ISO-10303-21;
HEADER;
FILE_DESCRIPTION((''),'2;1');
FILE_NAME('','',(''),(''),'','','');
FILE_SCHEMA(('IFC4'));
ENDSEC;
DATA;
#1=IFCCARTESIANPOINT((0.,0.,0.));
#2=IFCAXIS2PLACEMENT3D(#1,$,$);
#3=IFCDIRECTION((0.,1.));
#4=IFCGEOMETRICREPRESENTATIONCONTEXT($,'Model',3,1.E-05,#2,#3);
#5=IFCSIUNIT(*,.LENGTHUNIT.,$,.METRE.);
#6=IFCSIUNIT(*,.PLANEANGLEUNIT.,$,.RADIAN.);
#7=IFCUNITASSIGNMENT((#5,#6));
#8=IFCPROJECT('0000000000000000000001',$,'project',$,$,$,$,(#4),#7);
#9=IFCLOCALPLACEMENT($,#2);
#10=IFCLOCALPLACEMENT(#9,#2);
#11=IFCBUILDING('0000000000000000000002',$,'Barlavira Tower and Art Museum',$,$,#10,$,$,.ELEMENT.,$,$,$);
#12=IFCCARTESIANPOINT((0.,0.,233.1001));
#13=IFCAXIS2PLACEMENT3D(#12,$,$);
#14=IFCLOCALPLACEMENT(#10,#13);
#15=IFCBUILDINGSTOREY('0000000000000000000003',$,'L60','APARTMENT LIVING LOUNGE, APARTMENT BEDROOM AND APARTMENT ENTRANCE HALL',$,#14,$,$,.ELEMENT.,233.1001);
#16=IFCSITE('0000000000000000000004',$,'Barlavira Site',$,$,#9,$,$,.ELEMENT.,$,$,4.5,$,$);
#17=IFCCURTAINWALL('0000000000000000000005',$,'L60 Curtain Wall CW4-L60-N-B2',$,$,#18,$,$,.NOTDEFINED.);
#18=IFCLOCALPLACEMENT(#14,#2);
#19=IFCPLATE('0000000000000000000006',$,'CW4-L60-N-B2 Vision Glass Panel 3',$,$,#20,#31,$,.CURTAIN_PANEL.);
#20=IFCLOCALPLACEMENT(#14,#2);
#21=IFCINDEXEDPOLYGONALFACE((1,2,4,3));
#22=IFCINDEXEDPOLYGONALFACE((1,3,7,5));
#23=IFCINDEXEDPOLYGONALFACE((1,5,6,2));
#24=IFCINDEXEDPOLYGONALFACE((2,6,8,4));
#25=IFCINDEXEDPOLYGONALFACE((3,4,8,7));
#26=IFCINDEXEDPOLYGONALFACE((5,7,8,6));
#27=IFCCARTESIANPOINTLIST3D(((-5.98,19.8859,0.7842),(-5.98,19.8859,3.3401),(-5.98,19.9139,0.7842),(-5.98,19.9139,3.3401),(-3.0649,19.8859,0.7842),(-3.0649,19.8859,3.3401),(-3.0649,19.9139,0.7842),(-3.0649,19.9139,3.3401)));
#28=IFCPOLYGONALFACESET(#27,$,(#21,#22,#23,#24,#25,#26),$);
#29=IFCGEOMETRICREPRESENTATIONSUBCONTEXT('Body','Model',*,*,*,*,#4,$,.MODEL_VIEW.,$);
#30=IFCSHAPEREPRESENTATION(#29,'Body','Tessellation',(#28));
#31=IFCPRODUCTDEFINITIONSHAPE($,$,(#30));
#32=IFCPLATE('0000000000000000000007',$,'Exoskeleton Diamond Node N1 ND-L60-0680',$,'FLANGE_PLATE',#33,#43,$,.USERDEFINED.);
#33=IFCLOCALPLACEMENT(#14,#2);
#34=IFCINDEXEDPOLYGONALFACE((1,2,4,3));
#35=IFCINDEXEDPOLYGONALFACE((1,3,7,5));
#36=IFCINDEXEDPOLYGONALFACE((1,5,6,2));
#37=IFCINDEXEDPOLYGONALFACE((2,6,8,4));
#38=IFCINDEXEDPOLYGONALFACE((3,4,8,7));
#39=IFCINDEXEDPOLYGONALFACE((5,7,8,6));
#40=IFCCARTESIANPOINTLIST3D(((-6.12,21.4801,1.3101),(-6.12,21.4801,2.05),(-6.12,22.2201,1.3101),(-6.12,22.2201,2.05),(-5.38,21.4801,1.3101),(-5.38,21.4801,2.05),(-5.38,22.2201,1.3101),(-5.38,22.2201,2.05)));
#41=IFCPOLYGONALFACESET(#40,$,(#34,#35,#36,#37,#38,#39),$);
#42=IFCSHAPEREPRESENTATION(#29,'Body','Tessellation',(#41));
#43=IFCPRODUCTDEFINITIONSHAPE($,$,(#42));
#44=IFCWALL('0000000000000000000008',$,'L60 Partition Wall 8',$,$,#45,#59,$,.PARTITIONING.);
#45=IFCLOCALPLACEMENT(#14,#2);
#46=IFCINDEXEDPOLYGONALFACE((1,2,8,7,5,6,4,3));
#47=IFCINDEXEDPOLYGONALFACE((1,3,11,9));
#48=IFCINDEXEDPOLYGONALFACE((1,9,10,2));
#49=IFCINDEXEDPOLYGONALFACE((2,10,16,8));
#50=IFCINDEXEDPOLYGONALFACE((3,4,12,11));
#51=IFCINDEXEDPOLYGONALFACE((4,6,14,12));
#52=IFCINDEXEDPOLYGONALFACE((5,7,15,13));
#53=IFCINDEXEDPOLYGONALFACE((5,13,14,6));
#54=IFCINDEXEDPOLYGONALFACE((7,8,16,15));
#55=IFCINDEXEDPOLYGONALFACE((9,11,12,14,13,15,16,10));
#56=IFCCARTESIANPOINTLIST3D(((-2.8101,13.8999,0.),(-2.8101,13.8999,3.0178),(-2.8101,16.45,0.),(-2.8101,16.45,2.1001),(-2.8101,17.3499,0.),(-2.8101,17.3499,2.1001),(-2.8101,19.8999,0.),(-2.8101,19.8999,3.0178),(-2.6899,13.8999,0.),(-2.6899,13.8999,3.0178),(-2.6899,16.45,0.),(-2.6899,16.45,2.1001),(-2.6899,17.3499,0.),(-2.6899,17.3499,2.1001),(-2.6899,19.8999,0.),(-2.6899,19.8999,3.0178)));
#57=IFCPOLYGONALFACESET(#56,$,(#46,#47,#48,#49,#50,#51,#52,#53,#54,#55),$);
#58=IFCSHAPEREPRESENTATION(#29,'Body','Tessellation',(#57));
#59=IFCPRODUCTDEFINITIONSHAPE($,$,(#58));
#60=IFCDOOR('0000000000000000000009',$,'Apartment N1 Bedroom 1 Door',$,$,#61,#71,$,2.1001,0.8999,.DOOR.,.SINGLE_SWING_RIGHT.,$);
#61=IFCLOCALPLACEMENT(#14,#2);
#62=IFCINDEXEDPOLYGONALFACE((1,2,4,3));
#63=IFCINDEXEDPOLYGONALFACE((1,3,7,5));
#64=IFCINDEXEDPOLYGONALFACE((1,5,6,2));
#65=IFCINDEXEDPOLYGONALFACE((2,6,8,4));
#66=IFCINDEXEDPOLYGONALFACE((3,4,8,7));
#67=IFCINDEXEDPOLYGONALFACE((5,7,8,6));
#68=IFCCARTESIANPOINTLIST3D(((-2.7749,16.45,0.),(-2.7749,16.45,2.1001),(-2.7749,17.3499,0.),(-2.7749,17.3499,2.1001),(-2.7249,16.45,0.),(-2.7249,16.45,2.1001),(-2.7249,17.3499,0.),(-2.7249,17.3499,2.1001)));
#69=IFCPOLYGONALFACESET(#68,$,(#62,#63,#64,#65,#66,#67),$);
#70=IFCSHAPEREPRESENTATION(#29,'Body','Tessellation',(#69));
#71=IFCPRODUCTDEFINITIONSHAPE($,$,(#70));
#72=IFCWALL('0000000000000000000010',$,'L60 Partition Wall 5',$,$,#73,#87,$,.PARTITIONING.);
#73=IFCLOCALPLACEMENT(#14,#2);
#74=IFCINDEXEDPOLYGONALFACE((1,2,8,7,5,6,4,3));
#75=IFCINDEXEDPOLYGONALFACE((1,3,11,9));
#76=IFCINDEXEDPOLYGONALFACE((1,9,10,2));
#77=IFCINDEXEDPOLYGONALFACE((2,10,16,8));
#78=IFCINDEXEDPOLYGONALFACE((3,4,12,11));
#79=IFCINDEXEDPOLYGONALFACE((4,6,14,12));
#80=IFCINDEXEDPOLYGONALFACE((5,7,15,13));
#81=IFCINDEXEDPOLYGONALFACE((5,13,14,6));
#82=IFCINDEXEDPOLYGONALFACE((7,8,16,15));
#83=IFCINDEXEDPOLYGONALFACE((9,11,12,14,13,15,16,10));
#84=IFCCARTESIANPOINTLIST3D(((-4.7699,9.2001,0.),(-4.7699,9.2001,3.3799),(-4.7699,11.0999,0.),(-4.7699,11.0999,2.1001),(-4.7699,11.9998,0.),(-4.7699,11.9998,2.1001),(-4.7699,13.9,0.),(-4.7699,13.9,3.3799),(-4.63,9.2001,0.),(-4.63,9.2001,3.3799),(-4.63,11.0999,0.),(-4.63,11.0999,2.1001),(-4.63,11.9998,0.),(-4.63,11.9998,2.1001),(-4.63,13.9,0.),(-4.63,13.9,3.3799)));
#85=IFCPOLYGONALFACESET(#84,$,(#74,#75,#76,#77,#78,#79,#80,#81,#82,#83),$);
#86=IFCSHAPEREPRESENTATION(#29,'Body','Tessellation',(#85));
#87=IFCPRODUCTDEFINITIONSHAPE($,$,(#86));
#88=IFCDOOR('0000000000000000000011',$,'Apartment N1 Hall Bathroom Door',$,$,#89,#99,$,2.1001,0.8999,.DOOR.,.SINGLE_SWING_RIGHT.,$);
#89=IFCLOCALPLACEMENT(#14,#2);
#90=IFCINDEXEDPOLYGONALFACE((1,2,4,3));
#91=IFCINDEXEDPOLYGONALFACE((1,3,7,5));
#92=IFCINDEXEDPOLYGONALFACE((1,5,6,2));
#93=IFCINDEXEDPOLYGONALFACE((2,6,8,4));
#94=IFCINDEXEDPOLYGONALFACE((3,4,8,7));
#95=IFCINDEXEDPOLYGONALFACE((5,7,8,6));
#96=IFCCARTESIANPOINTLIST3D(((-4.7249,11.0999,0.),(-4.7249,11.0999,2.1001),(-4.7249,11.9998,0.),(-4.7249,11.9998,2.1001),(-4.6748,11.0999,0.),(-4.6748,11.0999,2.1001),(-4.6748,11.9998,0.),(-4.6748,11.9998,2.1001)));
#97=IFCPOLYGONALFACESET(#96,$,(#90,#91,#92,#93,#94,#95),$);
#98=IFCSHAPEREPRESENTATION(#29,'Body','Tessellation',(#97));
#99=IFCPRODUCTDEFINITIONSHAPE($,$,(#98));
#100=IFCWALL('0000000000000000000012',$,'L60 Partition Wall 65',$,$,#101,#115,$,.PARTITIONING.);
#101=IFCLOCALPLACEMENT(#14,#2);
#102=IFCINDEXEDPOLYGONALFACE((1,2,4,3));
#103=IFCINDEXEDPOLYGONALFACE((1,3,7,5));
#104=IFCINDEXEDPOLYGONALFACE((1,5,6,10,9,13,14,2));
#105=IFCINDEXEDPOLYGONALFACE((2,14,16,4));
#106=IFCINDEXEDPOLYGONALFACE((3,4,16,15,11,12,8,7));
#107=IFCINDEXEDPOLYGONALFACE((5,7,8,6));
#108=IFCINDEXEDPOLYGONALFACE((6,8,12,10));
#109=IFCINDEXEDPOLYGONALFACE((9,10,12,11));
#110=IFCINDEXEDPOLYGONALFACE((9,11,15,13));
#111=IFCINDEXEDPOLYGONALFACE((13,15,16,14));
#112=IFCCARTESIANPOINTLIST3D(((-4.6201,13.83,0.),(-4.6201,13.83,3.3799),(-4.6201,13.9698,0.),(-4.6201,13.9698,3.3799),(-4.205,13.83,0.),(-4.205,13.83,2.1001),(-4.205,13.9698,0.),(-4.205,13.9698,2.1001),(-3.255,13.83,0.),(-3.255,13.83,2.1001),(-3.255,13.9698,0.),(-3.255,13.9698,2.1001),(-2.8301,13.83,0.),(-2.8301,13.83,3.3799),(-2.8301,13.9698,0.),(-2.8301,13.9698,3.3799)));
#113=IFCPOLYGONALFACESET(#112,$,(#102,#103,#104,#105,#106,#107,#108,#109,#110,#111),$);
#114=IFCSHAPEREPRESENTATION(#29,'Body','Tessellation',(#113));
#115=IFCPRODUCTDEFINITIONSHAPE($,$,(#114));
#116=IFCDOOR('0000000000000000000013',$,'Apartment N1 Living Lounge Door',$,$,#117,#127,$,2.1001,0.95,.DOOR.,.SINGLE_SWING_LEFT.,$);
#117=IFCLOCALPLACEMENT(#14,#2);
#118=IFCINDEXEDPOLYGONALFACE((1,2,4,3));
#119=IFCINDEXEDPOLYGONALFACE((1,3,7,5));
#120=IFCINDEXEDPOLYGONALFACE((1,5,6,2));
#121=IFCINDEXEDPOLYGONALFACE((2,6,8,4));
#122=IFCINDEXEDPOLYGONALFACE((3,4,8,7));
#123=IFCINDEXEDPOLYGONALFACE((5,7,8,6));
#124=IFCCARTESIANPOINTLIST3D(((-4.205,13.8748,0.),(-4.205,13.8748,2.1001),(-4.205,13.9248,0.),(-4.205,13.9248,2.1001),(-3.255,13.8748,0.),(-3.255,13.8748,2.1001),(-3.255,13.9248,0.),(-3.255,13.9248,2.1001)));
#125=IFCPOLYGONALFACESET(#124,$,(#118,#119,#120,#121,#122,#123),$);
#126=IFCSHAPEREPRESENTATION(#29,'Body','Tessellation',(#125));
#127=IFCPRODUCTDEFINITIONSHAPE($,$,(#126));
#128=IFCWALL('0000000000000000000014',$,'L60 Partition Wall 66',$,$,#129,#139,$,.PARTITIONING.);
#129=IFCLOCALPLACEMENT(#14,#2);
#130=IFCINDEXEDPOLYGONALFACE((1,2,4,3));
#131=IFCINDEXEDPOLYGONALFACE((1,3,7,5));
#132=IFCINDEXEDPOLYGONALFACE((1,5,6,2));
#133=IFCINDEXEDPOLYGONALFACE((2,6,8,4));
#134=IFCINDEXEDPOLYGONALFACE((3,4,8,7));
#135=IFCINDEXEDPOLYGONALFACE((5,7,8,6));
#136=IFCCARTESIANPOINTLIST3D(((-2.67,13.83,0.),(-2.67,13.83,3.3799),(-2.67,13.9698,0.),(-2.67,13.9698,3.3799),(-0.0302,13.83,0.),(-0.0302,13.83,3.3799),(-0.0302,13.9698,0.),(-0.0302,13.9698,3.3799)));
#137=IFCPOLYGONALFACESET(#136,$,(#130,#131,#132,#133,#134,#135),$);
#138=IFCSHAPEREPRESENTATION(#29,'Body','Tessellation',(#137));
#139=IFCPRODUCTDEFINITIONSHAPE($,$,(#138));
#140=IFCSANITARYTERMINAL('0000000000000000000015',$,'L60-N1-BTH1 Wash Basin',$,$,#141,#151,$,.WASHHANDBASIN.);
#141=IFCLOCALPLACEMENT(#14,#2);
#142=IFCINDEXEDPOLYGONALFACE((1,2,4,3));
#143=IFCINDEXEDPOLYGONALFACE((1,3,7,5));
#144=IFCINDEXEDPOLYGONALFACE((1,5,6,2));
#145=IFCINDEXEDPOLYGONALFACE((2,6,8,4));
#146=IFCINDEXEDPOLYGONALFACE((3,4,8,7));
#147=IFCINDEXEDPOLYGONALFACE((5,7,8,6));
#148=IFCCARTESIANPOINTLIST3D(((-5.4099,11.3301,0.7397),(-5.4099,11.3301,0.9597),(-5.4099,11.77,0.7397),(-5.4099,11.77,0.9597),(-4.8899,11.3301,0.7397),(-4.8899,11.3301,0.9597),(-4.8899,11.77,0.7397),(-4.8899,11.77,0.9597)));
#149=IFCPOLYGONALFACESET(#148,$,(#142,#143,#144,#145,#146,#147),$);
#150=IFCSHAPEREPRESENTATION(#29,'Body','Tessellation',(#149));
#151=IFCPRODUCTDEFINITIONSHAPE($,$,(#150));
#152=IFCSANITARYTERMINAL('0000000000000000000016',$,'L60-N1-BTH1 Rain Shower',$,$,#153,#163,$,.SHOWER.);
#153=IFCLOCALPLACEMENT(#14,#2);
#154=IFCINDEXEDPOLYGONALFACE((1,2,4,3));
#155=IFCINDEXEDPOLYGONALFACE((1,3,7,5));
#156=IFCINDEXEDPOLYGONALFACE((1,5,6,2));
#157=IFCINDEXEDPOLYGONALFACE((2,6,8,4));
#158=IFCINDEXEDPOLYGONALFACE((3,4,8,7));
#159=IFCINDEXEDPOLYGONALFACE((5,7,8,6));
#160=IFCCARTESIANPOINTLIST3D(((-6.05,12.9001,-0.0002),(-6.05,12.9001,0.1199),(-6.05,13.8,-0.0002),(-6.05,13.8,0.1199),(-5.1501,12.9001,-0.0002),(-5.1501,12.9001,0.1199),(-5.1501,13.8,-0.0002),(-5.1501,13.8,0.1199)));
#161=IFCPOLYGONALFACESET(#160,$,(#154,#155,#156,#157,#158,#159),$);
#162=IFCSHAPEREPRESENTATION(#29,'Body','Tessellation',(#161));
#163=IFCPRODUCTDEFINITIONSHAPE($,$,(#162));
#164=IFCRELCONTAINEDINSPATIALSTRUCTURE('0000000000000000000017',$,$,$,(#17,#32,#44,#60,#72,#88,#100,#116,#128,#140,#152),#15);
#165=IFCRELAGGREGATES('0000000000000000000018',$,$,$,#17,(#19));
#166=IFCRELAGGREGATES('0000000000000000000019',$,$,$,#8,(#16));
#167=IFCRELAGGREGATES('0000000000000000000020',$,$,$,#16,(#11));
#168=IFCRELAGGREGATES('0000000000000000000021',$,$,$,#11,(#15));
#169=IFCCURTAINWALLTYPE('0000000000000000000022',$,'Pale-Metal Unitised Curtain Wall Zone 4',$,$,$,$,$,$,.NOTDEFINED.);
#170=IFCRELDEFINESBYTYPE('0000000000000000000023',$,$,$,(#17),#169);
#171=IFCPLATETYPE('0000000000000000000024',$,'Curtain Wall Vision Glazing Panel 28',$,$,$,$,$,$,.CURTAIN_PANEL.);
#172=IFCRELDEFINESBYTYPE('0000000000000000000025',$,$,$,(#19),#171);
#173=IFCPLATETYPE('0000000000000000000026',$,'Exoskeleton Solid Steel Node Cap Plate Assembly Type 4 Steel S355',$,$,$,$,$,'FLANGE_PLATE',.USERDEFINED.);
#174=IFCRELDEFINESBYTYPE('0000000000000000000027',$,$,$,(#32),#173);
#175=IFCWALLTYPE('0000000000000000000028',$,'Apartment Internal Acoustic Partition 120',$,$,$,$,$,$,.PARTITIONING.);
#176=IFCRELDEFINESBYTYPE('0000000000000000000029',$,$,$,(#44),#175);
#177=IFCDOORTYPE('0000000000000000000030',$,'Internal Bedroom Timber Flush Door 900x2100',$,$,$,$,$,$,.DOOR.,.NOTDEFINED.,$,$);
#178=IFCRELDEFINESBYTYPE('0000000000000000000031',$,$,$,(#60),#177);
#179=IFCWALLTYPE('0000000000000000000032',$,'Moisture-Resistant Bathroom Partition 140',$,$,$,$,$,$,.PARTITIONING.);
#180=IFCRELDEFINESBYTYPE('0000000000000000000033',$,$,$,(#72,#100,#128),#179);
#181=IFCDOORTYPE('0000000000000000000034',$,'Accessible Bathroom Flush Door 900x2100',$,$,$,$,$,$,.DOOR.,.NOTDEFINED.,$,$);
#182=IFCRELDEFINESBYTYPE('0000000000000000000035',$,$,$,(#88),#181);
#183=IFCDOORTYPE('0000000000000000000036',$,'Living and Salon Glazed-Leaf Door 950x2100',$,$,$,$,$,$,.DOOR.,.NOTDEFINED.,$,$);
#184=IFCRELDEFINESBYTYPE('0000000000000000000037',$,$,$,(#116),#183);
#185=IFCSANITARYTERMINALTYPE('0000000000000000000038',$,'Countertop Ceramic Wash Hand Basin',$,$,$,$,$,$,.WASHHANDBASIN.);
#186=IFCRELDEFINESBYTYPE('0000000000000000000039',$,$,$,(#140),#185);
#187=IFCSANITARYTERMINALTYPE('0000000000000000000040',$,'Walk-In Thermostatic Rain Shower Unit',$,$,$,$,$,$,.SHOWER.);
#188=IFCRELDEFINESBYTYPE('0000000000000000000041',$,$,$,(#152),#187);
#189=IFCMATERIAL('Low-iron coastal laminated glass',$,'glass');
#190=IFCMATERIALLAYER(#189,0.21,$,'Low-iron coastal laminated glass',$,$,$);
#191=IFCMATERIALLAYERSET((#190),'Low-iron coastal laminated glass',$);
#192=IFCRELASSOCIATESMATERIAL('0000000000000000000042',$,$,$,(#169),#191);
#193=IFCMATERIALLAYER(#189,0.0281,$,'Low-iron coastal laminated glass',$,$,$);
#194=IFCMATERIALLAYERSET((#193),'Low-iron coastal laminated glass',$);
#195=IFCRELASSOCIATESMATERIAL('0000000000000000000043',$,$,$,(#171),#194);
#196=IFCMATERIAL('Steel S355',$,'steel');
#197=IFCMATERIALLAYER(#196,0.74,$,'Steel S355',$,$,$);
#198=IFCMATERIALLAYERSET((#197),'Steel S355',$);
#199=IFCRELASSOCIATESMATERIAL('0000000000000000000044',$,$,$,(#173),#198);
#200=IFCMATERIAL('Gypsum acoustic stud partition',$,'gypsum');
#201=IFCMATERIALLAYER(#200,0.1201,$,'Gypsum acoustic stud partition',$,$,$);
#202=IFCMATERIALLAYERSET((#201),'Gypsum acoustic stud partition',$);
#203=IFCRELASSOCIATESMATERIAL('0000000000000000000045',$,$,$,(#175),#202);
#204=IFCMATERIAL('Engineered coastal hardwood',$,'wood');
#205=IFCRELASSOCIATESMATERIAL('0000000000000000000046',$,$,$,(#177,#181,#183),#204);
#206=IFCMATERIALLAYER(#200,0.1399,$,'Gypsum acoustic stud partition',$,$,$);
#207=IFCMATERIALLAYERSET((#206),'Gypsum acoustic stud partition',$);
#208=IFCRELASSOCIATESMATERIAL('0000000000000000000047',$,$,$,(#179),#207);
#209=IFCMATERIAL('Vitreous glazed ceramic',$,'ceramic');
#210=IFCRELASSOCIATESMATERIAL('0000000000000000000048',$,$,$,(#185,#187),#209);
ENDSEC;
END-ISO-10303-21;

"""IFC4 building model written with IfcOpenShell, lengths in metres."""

from ifc_helpers import new_model, si_unit, direction, frame, frame_2d, origin, origin_2d, place, context, subcontext, project, spatial, rectangle, extrude, material, layer, layer_set, type_object, element, fill, aggregate, save


model = new_model("IFC4")

# Units and contexts
model_context = context("Model", 3, precision=1e-05, world=origin(), true_north=direction((0.0, 1.0)))
body_context = subcontext(model_context, "Body", "Model", "MODEL_VIEW")
ifc_project = project(units=[si_unit("LENGTHUNIT", "METRE"), si_unit("PLANEANGLEUNIT", "RADIAN")], contexts=[model_context])

# Site, building, storey
site_placement = place(None, origin())
site = spatial("IfcSite", under=ifc_project, at=site_placement, Name="Barlavira Site", CompositionType="ELEMENT", RefElevation=4.5)
building_placement = place(site_placement, origin())
building = spatial("IfcBuilding", under=site, at=building_placement, Name="Barlavira Tower and Art Museum", CompositionType="ELEMENT")
storey_placement = place(building_placement, frame((0.0, 0.0, 233.1001)))
storey = spatial("IfcBuildingStorey", under=building, at=storey_placement, Name="L60", Description="APARTMENT LIVING LOUNGE, APARTMENT BEDROOM AND APARTMENT ENTRANCE HALL", CompositionType="ELEMENT", Elevation=233.1001)

# Curtain wall, plate
ifc_material_1 = material(Name="Low-iron coastal laminated glass", Category="glass")
ifc_layer_1 = layer(ifc_material_1, 0.21, Name="Low-iron coastal laminated glass")
ifc_layer_set_1 = layer_set([ifc_layer_1], Name="Low-iron coastal laminated glass")
curtain_wall_type = type_object("IfcCurtainWallType", Name="Pale-Metal Unitised Curtain Wall Zone 4", PredefinedType="NOTDEFINED", material=ifc_layer_set_1)
curtain_wall_placement = place(storey_placement, origin())
curtain_wall = element("IfcCurtainWall", 1, at=curtain_wall_placement, inside=storey, type_object=curtain_wall_type, Name="L60 Curtain Wall CW4-L60-N-B2", PredefinedType="NOTDEFINED")
ifc_layer_2 = layer(ifc_material_1, 0.0281, Name="Low-iron coastal laminated glass")
ifc_layer_set_2 = layer_set([ifc_layer_2], Name="Low-iron coastal laminated glass")
plate_type_1 = type_object("IfcPlateType", Name="Curtain Wall Vision Glazing Panel 28", PredefinedType="CURTAIN_PANEL", material=ifc_layer_set_2)
plate_1_placement = place(storey_placement, frame((-4.5225, 19.8999, 0.7842), z_axis=(0.0, 0.0, 1.0), x_axis=(-1.0, 0.0, 0.0)))
plate_1 = element("IfcPlate", 2, at=plate_1_placement, type_object=plate_type_1, Name="CW4-L60-N-B2 Vision Glass Panel 3", PredefinedType="CURTAIN_PANEL", context=body_context, shape_type="SweptSolid", body=[
    extrude(rectangle(XDim=2.915, YDim=0.0281, at=origin_2d()), origin(), (0.0, 0.0, 1.0), 2.5559),
])
aggregate(curtain_wall, [plate_1])

# Plate
ifc_material_2 = material(Name="Steel S355", Category="steel")
ifc_layer_3 = layer(ifc_material_2, 0.74, Name="Steel S355")
ifc_layer_set_3 = layer_set([ifc_layer_3], Name="Steel S355")
plate_type_2 = type_object("IfcPlateType", Name="Exoskeleton Solid Steel Node Cap Plate Assembly Type 4 Steel S355", ElementType="FLANGE_PLATE", PredefinedType="USERDEFINED", material=ifc_layer_set_3)
plate_2_placement = place(storey_placement, frame((-5.75, 21.8501, 1.3101), z_axis=(0.0, 0.0, 1.0), x_axis=(1.0, 0.0, 0.0)))
element("IfcPlate", 3, at=plate_2_placement, inside=storey, type_object=plate_type_2, Name="Exoskeleton Diamond Node N1 ND-L60-0680", ObjectType="FLANGE_PLATE", PredefinedType="USERDEFINED", context=body_context, shape_type="SweptSolid", body=[
    extrude(rectangle(XDim=0.74, YDim=0.74, at=origin_2d()), origin(), (0.0, 0.0, 1.0), 0.74),
])

# Walls, openings, doors
ifc_material_3 = material(Name="Gypsum acoustic stud partition", Category="gypsum")
ifc_layer_4 = layer(ifc_material_3, 0.1201, Name="Gypsum acoustic stud partition")
ifc_layer_set_4 = layer_set([ifc_layer_4], Name="Gypsum acoustic stud partition")
wall_type_1 = type_object("IfcWallType", Name="Apartment Internal Acoustic Partition 120", PredefinedType="PARTITIONING", material=ifc_layer_set_4)
wall_1_placement = place(storey_placement, frame((-2.75, 13.8999, 0.0), z_axis=(0.0, 0.0, 1.0), x_axis=(0.0, 1.0, 0.0)))
wall_1 = element("IfcWall", 4, at=wall_1_placement, inside=storey, type_object=wall_type_1, Name="L60 Partition Wall 8", PredefinedType="PARTITIONING", context=body_context, shape_type="SweptSolid", body=[
    extrude(rectangle(XDim=6.0, YDim=0.1201, at=frame_2d((3.0, 0.0))), origin(), (0.0, 0.0, 1.0), 3.0178),
])
opening_1_placement = place(wall_1_placement, frame((2.55, 0.0, 0.0)))
opening_1 = element("IfcOpeningElement", 5, at=opening_1_placement, cuts=wall_1, PredefinedType="OPENING", context=body_context, shape_type="SweptSolid", body=[
    extrude(rectangle(XDim=0.8999, YDim=2.1001, at=frame_2d((0.45, 1.05))), frame((0.0, 0.0701, 0.0), z_axis=(0.0, -1.0, 0.0), x_axis=(1.0, 0.0, 0.0)), (0.0, 0.0, 1.0), 0.1401),
])
ifc_material_4 = material(Name="Engineered coastal hardwood", Category="wood")
door_type_1 = type_object("IfcDoorType", Name="Internal Bedroom Timber Flush Door 900x2100", OperationType="NOTDEFINED", PredefinedType="DOOR", material=ifc_material_4)
door_1_placement = place(opening_1_placement, origin())
door_1 = element("IfcDoor", 6, at=door_1_placement, inside=storey, type_object=door_type_1, Name="Apartment N1 Bedroom 1 Door", OperationType="SINGLE_SWING_RIGHT", OverallHeight=2.1001, OverallWidth=0.8999, PredefinedType="DOOR", context=body_context, shape_type="SweptSolid", body=[
    extrude(rectangle(XDim=0.8999, YDim=2.1001, at=frame_2d((0.45, 1.05))), frame((0.0, 0.0249, 0.0), z_axis=(0.0, -1.0, 0.0), x_axis=(1.0, 0.0, 0.0)), (0.0, 0.0, 1.0), 0.05),
])
fill(opening_1, door_1)
ifc_layer_5 = layer(ifc_material_3, 0.1399, Name="Gypsum acoustic stud partition")
ifc_layer_set_5 = layer_set([ifc_layer_5], Name="Gypsum acoustic stud partition")
wall_type_2 = type_object("IfcWallType", Name="Moisture-Resistant Bathroom Partition 140", PredefinedType="PARTITIONING", material=ifc_layer_set_5)
wall_2_placement = place(storey_placement, frame((-4.7, 9.2, 0.0), z_axis=(0.0, 0.0, 1.0), x_axis=(0.0, 1.0, 0.0)))
wall_2 = element("IfcWall", 7, at=wall_2_placement, inside=storey, type_object=wall_type_2, Name="L60 Partition Wall 5", PredefinedType="PARTITIONING", context=body_context, shape_type="SweptSolid", body=[
    extrude(rectangle(XDim=4.7, YDim=0.1399, at=frame_2d((2.3501, 0.0))), origin(), (0.0, 0.0, 1.0), 3.3799),
])
opening_2_placement = place(wall_2_placement, frame((1.8999, 0.0, 0.0)))
opening_2 = element("IfcOpeningElement", 8, at=opening_2_placement, cuts=wall_2, PredefinedType="OPENING", context=body_context, shape_type="SweptSolid", body=[
    extrude(rectangle(XDim=0.8999, YDim=2.1001, at=frame_2d((0.45, 1.05))), frame((0.0, 0.0801, 0.0), z_axis=(0.0, -1.0, 0.0), x_axis=(1.0, 0.0, 0.0)), (0.0, 0.0, 1.0), 0.1599),
])
door_type_2 = type_object("IfcDoorType", Name="Accessible Bathroom Flush Door 900x2100", OperationType="NOTDEFINED", PredefinedType="DOOR", material=ifc_material_4)
door_2_placement = place(opening_2_placement, origin())
door_2 = element("IfcDoor", 9, at=door_2_placement, inside=storey, type_object=door_type_2, Name="Apartment N1 Hall Bathroom Door", OperationType="SINGLE_SWING_RIGHT", OverallHeight=2.1001, OverallWidth=0.8999, PredefinedType="DOOR", context=body_context, shape_type="SweptSolid", body=[
    extrude(rectangle(XDim=0.8999, YDim=2.1001, at=frame_2d((0.45, 1.05))), frame((0.0, 0.0249, 0.0), z_axis=(0.0, -1.0, 0.0), x_axis=(1.0, 0.0, 0.0)), (0.0, 0.0, 1.0), 0.05),
])
fill(opening_2, door_2)
wall_3_placement = place(storey_placement, frame((-4.6201, 13.8999, 0.0), z_axis=(0.0, 0.0, 1.0), x_axis=(1.0, 0.0, 0.0)))
wall_3 = element("IfcWall", 10, at=wall_3_placement, inside=storey, type_object=wall_type_2, Name="L60 Partition Wall 65", PredefinedType="PARTITIONING", context=body_context, shape_type="SweptSolid", body=[
    extrude(rectangle(XDim=1.79, YDim=0.1399, at=frame_2d((0.895, 0.0))), origin(), (0.0, 0.0, 1.0), 3.3799),
])
opening_3_placement = place(wall_3_placement, frame((0.415, 0.0, 0.0)))
opening_3 = element("IfcOpeningElement", 11, at=opening_3_placement, cuts=wall_3, PredefinedType="OPENING", context=body_context, shape_type="SweptSolid", body=[
    extrude(rectangle(XDim=0.95, YDim=2.1001, at=frame_2d((0.4751, 1.05))), frame((0.0, 0.0801, 0.0), z_axis=(0.0, -1.0, 0.0), x_axis=(1.0, 0.0, 0.0)), (0.0, 0.0, 1.0), 0.1599),
])
door_type_3 = type_object("IfcDoorType", Name="Living and Salon Glazed-Leaf Door 950x2100", OperationType="NOTDEFINED", PredefinedType="DOOR", material=ifc_material_4)
door_3_placement = place(opening_3_placement, origin())
door_3 = element("IfcDoor", 12, at=door_3_placement, inside=storey, type_object=door_type_3, Name="Apartment N1 Living Lounge Door", OperationType="SINGLE_SWING_LEFT", OverallHeight=2.1001, OverallWidth=0.95, PredefinedType="DOOR", context=body_context, shape_type="SweptSolid", body=[
    extrude(rectangle(XDim=0.95, YDim=2.1001, at=frame_2d((0.4751, 1.05))), frame((0.0, 0.0249, 0.0), z_axis=(0.0, -1.0, 0.0), x_axis=(1.0, 0.0, 0.0)), (0.0, 0.0, 1.0), 0.05),
])
fill(opening_3, door_3)

# Wall
wall_4_placement = place(storey_placement, frame((-2.6699, 13.8999, 0.0), z_axis=(0.0, 0.0, 1.0), x_axis=(1.0, 0.0, 0.0)))
element("IfcWall", 13, at=wall_4_placement, inside=storey, type_object=wall_type_2, Name="L60 Partition Wall 66", PredefinedType="PARTITIONING", context=body_context, shape_type="SweptSolid", body=[
    extrude(rectangle(XDim=2.6399, YDim=0.1399, at=frame_2d((1.3198, 0.0))), origin(), (0.0, 0.0, 1.0), 3.3799),
])

# Sanitary terminals
ifc_material_5 = material(Name="Vitreous glazed ceramic", Category="ceramic")
sanitary_terminal_type_1 = type_object("IfcSanitaryTerminalType", Name="Countertop Ceramic Wash Hand Basin", PredefinedType="WASHHANDBASIN", material=ifc_material_5)
sanitary_terminal_1_placement = place(storey_placement, frame((-5.1499, 11.55, 0.7397), z_axis=(0.0, 0.0, 1.0), x_axis=(1.0, 0.0, 0.0)))
element("IfcSanitaryTerminal", 14, at=sanitary_terminal_1_placement, inside=storey, type_object=sanitary_terminal_type_1, Name="L60-N1-BTH1 Wash Basin", PredefinedType="WASHHANDBASIN", context=body_context, shape_type="SweptSolid", body=[
    extrude(rectangle(XDim=0.52, YDim=0.4399, at=origin_2d()), origin(), (0.0, 0.0, 1.0), 0.22),
])
sanitary_terminal_type_2 = type_object("IfcSanitaryTerminalType", Name="Walk-In Thermostatic Rain Shower Unit", PredefinedType="SHOWER", material=ifc_material_5)
sanitary_terminal_2_placement = place(storey_placement, frame((-5.6001, 13.3501, -0.0002), z_axis=(0.0, 0.0, 1.0), x_axis=(1.0, 0.0, 0.0)))
element("IfcSanitaryTerminal", 15, at=sanitary_terminal_2_placement, inside=storey, type_object=sanitary_terminal_type_2, Name="L60-N1-BTH1 Rain Shower", PredefinedType="SHOWER", context=body_context, shape_type="SweptSolid", body=[
    extrude(rectangle(XDim=0.8999, YDim=0.8999, at=origin_2d()), origin(), (0.0, 0.0, 1.0), 0.1201),
])

save(model, "model.ifc")
